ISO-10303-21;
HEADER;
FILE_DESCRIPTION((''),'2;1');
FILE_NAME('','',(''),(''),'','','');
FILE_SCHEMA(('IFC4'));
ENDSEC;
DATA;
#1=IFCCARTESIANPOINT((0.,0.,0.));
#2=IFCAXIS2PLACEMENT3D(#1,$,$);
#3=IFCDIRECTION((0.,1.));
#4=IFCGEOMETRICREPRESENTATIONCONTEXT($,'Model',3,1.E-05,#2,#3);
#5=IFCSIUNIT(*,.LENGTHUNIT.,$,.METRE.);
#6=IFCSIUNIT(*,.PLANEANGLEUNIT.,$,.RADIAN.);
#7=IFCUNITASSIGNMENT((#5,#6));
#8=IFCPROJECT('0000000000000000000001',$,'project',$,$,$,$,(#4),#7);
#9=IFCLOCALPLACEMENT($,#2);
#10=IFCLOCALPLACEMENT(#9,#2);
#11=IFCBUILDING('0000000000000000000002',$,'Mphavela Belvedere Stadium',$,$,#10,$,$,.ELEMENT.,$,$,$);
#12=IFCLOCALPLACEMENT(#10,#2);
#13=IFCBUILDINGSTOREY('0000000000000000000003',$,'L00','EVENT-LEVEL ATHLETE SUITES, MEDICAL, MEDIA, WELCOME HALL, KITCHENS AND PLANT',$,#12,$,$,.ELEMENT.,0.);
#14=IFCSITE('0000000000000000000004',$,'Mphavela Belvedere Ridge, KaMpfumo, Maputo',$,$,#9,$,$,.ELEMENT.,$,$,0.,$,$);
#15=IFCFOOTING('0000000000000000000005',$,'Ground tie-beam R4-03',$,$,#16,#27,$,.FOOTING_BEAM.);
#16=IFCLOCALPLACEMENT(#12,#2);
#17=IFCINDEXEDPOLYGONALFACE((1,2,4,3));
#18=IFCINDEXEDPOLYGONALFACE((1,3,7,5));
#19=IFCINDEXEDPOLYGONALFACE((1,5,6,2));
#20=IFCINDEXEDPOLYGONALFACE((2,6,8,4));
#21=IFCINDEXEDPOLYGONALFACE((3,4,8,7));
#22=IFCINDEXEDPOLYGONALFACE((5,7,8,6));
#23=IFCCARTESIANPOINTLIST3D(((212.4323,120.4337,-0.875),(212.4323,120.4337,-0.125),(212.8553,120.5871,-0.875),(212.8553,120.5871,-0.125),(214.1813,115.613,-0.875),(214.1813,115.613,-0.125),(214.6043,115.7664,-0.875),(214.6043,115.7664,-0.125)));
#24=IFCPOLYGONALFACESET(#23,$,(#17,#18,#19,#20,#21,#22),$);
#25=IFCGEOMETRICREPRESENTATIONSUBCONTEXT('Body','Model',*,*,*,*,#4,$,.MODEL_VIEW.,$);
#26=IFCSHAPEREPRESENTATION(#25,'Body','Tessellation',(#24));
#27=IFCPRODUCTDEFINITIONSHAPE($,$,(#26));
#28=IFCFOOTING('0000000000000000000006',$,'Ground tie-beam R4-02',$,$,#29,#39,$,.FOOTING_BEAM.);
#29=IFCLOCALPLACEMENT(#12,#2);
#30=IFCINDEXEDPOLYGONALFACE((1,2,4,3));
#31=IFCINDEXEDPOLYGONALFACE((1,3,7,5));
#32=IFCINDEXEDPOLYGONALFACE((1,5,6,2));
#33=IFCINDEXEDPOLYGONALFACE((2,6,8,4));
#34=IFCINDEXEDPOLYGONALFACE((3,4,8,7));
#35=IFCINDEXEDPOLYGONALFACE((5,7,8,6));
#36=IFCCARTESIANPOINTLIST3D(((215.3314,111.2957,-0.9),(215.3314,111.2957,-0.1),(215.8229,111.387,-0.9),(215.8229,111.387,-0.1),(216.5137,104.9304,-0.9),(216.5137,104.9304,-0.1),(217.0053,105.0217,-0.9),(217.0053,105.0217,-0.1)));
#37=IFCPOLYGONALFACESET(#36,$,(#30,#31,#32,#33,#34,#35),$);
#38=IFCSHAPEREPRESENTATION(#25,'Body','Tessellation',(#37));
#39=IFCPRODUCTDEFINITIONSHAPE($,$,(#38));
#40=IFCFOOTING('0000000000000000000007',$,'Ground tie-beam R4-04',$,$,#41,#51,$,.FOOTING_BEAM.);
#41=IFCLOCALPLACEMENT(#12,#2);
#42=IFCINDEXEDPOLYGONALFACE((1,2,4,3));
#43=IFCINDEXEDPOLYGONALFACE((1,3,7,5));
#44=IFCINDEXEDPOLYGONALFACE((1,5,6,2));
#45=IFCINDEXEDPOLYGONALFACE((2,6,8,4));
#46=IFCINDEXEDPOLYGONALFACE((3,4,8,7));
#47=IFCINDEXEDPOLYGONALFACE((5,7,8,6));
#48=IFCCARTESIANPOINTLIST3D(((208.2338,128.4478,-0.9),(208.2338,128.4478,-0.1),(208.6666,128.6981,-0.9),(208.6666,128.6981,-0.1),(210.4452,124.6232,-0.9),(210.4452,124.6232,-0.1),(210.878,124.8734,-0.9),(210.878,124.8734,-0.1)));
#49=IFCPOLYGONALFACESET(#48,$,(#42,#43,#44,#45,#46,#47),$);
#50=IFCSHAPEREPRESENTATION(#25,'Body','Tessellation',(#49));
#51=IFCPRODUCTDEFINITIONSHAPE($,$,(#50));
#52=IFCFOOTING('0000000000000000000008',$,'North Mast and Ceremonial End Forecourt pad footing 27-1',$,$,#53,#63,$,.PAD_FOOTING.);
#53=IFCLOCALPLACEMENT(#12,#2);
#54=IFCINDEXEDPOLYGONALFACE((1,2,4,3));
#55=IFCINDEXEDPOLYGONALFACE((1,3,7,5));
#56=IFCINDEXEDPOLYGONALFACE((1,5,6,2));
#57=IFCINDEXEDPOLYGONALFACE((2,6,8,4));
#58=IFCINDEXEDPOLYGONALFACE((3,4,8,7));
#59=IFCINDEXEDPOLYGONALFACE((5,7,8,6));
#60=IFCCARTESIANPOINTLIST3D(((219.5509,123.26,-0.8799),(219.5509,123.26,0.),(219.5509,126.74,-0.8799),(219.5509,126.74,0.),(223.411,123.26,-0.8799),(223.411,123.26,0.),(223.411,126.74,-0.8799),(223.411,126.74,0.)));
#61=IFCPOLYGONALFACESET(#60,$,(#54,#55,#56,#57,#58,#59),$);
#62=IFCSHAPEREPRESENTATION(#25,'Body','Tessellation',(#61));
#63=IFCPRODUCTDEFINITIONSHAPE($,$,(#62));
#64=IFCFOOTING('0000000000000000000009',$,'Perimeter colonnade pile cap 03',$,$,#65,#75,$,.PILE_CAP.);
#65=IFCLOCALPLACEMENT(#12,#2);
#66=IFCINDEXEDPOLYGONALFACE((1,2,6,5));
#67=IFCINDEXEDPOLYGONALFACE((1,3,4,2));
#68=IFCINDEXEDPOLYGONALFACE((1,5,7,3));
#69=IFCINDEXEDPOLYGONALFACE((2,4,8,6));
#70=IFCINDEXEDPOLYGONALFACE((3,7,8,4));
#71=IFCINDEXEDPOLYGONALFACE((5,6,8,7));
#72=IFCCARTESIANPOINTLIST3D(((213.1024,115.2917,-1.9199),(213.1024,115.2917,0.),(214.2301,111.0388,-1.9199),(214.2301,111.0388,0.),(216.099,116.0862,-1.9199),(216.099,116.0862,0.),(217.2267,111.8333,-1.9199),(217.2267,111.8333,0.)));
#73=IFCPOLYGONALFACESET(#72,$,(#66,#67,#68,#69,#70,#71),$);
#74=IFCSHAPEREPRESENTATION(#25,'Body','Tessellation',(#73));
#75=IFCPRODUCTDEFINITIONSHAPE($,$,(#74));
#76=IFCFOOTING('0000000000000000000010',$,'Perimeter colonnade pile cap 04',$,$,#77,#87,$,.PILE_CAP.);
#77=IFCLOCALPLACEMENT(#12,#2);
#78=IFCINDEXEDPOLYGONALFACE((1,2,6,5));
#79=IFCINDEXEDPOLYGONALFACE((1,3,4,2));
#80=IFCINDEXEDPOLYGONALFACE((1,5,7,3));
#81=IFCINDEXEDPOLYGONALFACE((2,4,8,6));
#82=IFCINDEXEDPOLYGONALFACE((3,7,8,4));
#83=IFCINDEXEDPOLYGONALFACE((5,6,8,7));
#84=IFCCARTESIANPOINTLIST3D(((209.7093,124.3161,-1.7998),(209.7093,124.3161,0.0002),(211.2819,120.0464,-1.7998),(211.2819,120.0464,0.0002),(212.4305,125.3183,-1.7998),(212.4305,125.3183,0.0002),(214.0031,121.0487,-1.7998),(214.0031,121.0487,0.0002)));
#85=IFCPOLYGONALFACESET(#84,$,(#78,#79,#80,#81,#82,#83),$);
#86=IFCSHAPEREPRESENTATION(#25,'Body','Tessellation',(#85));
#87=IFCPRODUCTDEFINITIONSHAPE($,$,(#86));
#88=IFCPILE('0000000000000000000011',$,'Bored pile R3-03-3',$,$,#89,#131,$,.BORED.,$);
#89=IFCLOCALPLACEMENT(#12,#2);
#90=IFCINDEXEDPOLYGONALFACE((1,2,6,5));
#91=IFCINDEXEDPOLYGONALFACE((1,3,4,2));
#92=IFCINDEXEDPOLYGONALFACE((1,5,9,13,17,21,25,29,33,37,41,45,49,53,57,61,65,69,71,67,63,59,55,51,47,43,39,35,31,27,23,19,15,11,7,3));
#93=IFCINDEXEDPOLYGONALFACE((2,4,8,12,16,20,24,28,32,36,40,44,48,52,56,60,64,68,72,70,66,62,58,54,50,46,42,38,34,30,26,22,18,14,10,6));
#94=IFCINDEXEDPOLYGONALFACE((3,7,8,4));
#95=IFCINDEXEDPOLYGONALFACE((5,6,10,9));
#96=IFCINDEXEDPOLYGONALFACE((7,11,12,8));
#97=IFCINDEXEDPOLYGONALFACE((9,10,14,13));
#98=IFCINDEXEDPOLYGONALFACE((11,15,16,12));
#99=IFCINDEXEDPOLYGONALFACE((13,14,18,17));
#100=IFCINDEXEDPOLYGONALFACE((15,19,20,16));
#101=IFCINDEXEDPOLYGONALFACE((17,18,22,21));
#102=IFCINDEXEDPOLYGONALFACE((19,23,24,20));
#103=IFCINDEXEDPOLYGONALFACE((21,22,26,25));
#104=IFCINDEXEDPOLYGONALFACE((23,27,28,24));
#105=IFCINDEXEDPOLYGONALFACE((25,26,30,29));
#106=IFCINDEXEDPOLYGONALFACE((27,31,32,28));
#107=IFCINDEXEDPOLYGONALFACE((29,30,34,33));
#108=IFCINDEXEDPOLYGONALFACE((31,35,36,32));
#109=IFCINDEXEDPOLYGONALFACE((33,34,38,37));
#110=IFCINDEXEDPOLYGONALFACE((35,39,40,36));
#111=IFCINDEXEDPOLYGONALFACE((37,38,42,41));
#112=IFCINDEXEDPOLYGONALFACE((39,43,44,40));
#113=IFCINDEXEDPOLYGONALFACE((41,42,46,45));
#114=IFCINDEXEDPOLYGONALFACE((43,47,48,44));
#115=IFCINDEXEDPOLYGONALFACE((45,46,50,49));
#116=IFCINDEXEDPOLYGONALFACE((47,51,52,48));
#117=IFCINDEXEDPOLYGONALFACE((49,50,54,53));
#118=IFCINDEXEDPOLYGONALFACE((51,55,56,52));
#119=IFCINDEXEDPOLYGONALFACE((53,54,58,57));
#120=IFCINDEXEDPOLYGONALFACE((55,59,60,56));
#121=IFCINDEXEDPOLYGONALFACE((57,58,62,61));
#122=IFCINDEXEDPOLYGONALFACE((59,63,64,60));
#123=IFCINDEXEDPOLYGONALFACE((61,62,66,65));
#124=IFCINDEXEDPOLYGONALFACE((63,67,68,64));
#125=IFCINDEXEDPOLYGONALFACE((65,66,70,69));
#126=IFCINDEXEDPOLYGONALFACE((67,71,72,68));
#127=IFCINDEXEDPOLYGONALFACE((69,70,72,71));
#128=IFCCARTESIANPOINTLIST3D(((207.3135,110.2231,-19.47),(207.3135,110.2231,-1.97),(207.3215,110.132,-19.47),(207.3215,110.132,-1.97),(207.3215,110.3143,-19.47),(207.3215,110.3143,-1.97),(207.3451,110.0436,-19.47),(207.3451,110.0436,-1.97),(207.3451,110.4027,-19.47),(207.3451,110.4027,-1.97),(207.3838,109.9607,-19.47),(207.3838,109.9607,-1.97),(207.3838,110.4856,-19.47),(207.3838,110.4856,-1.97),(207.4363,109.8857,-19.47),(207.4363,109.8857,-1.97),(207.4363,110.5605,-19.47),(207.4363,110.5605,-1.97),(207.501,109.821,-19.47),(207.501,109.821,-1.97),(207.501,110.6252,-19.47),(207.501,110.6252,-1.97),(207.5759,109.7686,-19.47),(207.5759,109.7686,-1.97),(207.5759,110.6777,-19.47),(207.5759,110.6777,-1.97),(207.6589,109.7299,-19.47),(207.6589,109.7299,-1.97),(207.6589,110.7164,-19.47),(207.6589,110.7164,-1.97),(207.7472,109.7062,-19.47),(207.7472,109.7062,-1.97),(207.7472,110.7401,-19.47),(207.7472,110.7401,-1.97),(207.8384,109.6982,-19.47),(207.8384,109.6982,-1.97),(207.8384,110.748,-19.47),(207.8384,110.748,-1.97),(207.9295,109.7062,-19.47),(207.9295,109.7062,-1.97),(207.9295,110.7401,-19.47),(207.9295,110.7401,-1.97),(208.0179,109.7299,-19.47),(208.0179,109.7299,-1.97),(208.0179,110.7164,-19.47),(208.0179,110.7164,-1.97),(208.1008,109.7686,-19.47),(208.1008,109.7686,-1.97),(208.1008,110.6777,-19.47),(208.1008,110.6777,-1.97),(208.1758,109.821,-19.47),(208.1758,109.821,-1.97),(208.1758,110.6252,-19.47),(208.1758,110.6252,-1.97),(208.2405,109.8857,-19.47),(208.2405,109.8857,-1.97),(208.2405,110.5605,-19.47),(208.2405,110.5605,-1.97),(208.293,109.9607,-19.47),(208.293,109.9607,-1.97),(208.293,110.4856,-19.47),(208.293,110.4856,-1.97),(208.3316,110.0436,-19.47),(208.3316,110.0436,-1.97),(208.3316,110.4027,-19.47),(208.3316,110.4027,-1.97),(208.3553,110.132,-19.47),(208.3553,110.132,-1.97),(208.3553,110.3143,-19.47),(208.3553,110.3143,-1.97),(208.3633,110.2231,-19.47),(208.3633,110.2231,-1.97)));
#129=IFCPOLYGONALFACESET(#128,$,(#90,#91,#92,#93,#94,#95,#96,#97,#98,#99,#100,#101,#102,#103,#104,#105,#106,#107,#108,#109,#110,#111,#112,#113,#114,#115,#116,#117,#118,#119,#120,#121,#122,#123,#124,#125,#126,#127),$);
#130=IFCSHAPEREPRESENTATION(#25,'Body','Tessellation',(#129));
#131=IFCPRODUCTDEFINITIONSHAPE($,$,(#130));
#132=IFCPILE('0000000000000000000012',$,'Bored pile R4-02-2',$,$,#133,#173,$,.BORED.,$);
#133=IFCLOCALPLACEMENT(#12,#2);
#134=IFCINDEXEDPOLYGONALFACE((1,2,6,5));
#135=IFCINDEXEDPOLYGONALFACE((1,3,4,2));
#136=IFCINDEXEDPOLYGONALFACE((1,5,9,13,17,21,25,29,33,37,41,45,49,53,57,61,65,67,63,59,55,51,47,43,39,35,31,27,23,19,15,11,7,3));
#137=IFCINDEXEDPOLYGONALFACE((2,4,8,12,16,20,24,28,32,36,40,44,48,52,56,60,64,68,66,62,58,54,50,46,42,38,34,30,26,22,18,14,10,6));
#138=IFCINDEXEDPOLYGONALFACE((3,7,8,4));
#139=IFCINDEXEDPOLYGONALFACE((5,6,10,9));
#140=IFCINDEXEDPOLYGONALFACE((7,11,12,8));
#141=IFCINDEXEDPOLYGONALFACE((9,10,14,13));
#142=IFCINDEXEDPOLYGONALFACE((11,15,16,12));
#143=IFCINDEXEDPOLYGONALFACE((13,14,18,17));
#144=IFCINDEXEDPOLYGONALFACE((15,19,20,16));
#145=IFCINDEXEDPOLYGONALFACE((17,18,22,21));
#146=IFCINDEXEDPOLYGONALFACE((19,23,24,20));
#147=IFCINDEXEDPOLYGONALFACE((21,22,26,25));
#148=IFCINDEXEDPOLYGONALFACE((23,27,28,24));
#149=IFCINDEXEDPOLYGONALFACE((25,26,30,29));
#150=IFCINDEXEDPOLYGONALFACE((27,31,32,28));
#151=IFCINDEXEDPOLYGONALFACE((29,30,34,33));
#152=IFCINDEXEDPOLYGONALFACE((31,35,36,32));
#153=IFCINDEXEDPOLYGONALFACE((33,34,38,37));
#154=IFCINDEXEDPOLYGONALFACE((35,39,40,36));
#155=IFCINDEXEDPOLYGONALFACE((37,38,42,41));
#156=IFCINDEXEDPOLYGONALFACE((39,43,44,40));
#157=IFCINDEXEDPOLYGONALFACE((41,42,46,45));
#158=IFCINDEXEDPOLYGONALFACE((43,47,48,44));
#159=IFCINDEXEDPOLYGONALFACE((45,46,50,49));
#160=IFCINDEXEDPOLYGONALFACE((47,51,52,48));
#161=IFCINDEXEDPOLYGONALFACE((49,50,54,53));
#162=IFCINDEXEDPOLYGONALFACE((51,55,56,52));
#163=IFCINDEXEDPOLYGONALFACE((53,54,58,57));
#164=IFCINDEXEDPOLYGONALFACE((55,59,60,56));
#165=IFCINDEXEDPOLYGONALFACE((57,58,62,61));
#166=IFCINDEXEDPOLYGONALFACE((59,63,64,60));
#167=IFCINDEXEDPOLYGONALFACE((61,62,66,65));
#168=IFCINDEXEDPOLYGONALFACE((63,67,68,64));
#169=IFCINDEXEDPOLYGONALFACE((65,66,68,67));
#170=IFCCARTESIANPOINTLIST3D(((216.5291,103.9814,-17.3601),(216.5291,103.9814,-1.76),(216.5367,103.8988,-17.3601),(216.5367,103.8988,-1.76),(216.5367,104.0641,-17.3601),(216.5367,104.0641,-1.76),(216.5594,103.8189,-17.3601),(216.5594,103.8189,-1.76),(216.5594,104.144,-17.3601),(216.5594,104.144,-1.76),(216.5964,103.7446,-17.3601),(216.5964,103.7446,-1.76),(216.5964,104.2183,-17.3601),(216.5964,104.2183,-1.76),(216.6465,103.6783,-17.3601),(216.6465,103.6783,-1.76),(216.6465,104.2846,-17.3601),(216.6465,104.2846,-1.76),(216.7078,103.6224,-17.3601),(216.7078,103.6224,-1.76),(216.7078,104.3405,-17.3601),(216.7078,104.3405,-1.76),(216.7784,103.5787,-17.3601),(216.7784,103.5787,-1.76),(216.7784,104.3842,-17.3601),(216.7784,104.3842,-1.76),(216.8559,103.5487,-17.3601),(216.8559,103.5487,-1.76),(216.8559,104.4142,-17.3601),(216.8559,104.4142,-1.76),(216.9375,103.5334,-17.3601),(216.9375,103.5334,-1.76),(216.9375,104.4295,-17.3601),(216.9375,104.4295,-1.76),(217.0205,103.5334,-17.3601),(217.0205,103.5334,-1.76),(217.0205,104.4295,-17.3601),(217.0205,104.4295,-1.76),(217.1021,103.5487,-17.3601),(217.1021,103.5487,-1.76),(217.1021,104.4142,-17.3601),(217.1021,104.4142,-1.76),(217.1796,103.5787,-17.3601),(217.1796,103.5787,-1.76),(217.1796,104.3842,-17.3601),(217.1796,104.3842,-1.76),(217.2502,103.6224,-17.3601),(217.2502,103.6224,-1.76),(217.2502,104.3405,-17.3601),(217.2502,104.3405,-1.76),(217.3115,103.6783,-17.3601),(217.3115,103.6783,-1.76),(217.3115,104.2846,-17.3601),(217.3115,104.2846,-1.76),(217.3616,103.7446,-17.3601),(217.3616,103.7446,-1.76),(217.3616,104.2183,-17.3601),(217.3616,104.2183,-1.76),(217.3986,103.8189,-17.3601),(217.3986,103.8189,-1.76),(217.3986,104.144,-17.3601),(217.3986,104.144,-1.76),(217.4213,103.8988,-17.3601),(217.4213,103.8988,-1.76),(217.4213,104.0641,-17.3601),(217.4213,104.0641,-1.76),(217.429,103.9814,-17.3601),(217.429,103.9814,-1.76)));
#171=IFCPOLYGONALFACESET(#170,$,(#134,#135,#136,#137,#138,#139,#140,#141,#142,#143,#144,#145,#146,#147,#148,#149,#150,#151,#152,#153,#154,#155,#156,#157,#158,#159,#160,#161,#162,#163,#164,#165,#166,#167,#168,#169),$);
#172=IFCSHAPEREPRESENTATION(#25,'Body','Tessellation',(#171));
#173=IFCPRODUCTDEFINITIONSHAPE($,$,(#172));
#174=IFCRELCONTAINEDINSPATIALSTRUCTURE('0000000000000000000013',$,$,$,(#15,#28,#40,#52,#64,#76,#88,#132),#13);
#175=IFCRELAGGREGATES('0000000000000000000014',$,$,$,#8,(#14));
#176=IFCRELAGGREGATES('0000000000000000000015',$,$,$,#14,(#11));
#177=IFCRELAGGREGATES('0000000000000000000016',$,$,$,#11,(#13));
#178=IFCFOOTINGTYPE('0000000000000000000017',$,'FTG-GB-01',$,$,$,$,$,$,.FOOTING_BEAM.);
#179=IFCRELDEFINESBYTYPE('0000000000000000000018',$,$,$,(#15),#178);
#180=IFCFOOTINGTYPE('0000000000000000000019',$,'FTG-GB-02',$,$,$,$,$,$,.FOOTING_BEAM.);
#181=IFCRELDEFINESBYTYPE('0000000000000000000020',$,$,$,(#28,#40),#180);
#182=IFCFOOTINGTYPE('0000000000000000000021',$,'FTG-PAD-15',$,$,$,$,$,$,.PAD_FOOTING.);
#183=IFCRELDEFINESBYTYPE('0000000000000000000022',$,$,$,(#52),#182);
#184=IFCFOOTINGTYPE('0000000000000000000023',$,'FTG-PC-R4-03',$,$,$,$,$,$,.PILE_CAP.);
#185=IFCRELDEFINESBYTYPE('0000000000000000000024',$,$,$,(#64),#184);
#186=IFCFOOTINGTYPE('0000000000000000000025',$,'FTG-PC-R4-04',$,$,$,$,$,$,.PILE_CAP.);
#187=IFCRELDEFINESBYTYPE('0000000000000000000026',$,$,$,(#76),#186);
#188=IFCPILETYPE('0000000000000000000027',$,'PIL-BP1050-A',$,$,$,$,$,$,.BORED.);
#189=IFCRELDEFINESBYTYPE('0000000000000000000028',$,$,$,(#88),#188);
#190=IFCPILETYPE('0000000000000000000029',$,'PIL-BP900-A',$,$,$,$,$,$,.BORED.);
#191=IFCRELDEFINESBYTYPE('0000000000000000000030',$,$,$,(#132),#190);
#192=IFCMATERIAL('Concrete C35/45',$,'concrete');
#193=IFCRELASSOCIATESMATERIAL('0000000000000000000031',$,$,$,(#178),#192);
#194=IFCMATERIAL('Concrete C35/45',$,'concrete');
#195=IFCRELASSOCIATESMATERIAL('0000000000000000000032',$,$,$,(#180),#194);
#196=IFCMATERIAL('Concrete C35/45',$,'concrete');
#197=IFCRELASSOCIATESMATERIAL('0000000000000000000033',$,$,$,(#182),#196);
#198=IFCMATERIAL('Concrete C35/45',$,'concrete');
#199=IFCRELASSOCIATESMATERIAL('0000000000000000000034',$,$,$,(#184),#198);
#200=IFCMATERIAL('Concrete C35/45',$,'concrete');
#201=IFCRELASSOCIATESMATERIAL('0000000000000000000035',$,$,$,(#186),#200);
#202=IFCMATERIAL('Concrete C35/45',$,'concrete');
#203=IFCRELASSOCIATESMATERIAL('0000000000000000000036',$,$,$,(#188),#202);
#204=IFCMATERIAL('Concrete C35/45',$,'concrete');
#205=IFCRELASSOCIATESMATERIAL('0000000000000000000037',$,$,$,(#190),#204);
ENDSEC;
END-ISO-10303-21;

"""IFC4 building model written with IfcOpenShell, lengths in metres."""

from ifc_helpers import new_model, si_unit, direction, frame, origin, origin_2d, place, context, subcontext, project, spatial, rectangle, circle, extrude, material, material_profile, profile_set, type_object, element, save


model = new_model("IFC4")

# Units and contexts
model_context = context("Model", 3, precision=1e-05, world=origin(), true_north=direction((0.0, 1.0)))
body_context = subcontext(model_context, "Body", "Model", "MODEL_VIEW")
ifc_project = project(units=[si_unit("LENGTHUNIT", "METRE"), si_unit("PLANEANGLEUNIT", "RADIAN")], contexts=[model_context])

# Site, building, storey
site_placement = place(None, origin())
site = spatial("IfcSite", under=ifc_project, at=site_placement, Name="Mphavela Belvedere Ridge, KaMpfumo, Maputo", CompositionType="ELEMENT", RefElevation=0.0)
building_placement = place(site_placement, origin())
building = spatial("IfcBuilding", under=site, at=building_placement, Name="Mphavela Belvedere Stadium", CompositionType="ELEMENT")
storey_placement = place(building_placement, origin())
storey = spatial("IfcBuildingStorey", under=building, at=storey_placement, Name="L00", Description="EVENT-LEVEL ATHLETE SUITES, MEDICAL, MEDIA, WELCOME HALL, KITCHENS AND PLANT", CompositionType="ELEMENT", Elevation=0.0)

# Footings
ifc_material_1 = material(Name="Concrete C35/45", Category="concrete")
ifc_material_profile_1 = material_profile(ifc_material_1, rectangle(XDim=0.45, YDim=0.75, at=origin_2d()), Name="GB 450x750")
ifc_profile_set_1 = profile_set([ifc_material_profile_1], Name="Concrete C35/45")
footing_type_1 = type_object("IfcFootingType", Name="FTG-GB-01", PredefinedType="FOOTING_BEAM", material=ifc_profile_set_1)
footing_1_placement = place(storey_placement, frame((214.3928, 115.6897, -0.5), z_axis=(-0.341055, 0.940043, 0.0), x_axis=(-0.940043, -0.341055, 0.0)))
element("IfcFooting", 1, at=footing_1_placement, inside=storey, type_object=footing_type_1, Name="Ground tie-beam R4-03", PredefinedType="FOOTING_BEAM", context=body_context, shape_type="SweptSolid", body=[
    extrude(rectangle(XDim=0.45, YDim=0.75, at=origin_2d()), origin(), (0.0, 0.0, 1.0), 5.1282),
])
ifc_material_2 = material(Name="Concrete C35/45", Category="concrete")
ifc_material_profile_2 = material_profile(ifc_material_2, rectangle(XDim=0.5, YDim=0.8, at=origin_2d()), Name="GB 500x800")
ifc_profile_set_2 = profile_set([ifc_material_profile_2], Name="Concrete C35/45")
footing_type_2 = type_object("IfcFootingType", Name="FTG-GB-02", PredefinedType="FOOTING_BEAM", material=ifc_profile_set_2)
footing_2_placement = place(storey_placement, frame((216.7595, 104.9761, -0.5), z_axis=(-0.182631, 0.983182, 0.0), x_axis=(-0.983182, -0.182631, 0.0)))
element("IfcFooting", 2, at=footing_2_placement, inside=storey, type_object=footing_type_2, Name="Ground tie-beam R4-02", PredefinedType="FOOTING_BEAM", context=body_context, shape_type="SweptSolid", body=[
    extrude(rectangle(XDim=0.5, YDim=0.8, at=origin_2d()), origin(), (0.0, 0.0, 1.0), 6.4741),
])
footing_3_placement = place(storey_placement, frame((210.6616, 124.7483, -0.5), z_axis=(-0.500548, 0.865709, 0.0), x_axis=(-0.865709, -0.500548, 0.0)))
element("IfcFooting", 3, at=footing_3_placement, inside=storey, type_object=footing_type_2, Name="Ground tie-beam R4-04", PredefinedType="FOOTING_BEAM", context=body_context, shape_type="SweptSolid", body=[
    extrude(rectangle(XDim=0.5, YDim=0.8, at=origin_2d()), origin(), (0.0, 0.0, 1.0), 4.418),
])
ifc_material_3 = material(Name="Concrete C35/45", Category="concrete")
footing_type_3 = type_object("IfcFootingType", Name="FTG-PAD-15", PredefinedType="PAD_FOOTING", material=ifc_material_3)
footing_4_placement = place(storey_placement, frame((221.481, 125.0, -0.8799), z_axis=(0.0, 0.0, 1.0), x_axis=(1.0, 0.0, 0.0)))
element("IfcFooting", 4, at=footing_4_placement, inside=storey, type_object=footing_type_3, Name="North Mast and Ceremonial End Forecourt pad footing 27-1", PredefinedType="PAD_FOOTING", context=body_context, shape_type="SweptSolid", body=[
    extrude(rectangle(XDim=3.8601, YDim=3.48, at=origin_2d()), origin(), (0.0, 0.0, 1.0), 0.8799),
])
ifc_material_4 = material(Name="Concrete C35/45", Category="concrete")
footing_type_4 = type_object("IfcFootingType", Name="FTG-PC-R4-03", PredefinedType="PILE_CAP", material=ifc_material_4)
footing_5_placement = place(storey_placement, frame((215.1646, 113.5625, -1.9199), z_axis=(0.0, 0.0, 1.0), x_axis=(-0.256289, 0.9666, 0.0)))
element("IfcFooting", 5, at=footing_5_placement, inside=storey, type_object=footing_type_4, Name="Perimeter colonnade pile cap 03", PredefinedType="PILE_CAP", context=body_context, shape_type="SweptSolid", body=[
    extrude(rectangle(XDim=4.3999, YDim=3.1001, at=origin_2d()), origin(), (0.0, 0.0, 1.0), 1.9199),
])
ifc_material_5 = material(Name="Concrete C35/45", Category="concrete")
footing_type_5 = type_object("IfcFootingType", Name="FTG-PC-R4-04", PredefinedType="PILE_CAP", material=ifc_material_5)
footing_6_placement = place(storey_placement, frame((211.8562, 122.6824, -1.7998), z_axis=(0.0, 0.0, 1.0), x_axis=(-0.345626, 0.938372, 0.0)))
element("IfcFooting", 6, at=footing_6_placement, inside=storey, type_object=footing_type_5, Name="Perimeter colonnade pile cap 04", PredefinedType="PILE_CAP", context=body_context, shape_type="SweptSolid", body=[
    extrude(rectangle(XDim=4.55, YDim=2.8999, at=origin_2d()), origin(), (0.0, 0.0, 1.0), 1.8),
])

# Piles
ifc_material_6 = material(Name="Concrete C35/45", Category="concrete")
ifc_material_profile_3 = material_profile(ifc_material_6, circle(Radius=0.5249, at=origin_2d()), Name="BP D1050")
ifc_profile_set_3 = profile_set([ifc_material_profile_3], Name="Concrete C35/45")
pile_type_1 = type_object("IfcPileType", Name="PIL-BP1050-A", PredefinedType="BORED", material=ifc_profile_set_3)
pile_placement = place(storey_placement, frame((207.8384, 110.2231, -1.97), z_axis=(0.0, 0.0, -1.0), x_axis=(1.0, 0.0, 0.0)))
element("IfcPile", 7, at=pile_placement, inside=storey, type_object=pile_type_1, Name="Bored pile R3-03-3", PredefinedType="BORED", context=body_context, shape_type="SweptSolid", body=[
    extrude(circle(Radius=0.5249, at=origin_2d()), origin(), (0.0, 0.0, 1.0), 17.5),
])
ifc_material_7 = material(Name="Concrete C35/45", Category="concrete")
ifc_material_profile_4 = material_profile(ifc_material_7, circle(Radius=0.45, at=origin_2d()), Name="BP D900")
ifc_profile_set_4 = profile_set([ifc_material_profile_4], Name="Concrete C35/45")
pile_type_2 = type_object("IfcPileType", Name="PIL-BP900-A", PredefinedType="BORED", material=ifc_profile_set_4)
for number, where, z_axis, x_axis, name in (
    (8, (216.979, 103.9814, -1.76), (0.0, 0.0, -1.0), (1.0, 0.0, 0.0), "Bored pile R4-02-2"),
):
    element("IfcPile", number, at=place(storey_placement, frame(where, z_axis=z_axis, x_axis=x_axis)), inside=storey, type_object=pile_type_2, Name=name, PredefinedType="BORED", context=body_context, shape_type="SweptSolid", body=[
        extrude(circle(Radius=0.45, at=origin_2d()), origin(), (0.0, 0.0, 1.0), 15.6001),
    ])

save(model, "model.ifc")
